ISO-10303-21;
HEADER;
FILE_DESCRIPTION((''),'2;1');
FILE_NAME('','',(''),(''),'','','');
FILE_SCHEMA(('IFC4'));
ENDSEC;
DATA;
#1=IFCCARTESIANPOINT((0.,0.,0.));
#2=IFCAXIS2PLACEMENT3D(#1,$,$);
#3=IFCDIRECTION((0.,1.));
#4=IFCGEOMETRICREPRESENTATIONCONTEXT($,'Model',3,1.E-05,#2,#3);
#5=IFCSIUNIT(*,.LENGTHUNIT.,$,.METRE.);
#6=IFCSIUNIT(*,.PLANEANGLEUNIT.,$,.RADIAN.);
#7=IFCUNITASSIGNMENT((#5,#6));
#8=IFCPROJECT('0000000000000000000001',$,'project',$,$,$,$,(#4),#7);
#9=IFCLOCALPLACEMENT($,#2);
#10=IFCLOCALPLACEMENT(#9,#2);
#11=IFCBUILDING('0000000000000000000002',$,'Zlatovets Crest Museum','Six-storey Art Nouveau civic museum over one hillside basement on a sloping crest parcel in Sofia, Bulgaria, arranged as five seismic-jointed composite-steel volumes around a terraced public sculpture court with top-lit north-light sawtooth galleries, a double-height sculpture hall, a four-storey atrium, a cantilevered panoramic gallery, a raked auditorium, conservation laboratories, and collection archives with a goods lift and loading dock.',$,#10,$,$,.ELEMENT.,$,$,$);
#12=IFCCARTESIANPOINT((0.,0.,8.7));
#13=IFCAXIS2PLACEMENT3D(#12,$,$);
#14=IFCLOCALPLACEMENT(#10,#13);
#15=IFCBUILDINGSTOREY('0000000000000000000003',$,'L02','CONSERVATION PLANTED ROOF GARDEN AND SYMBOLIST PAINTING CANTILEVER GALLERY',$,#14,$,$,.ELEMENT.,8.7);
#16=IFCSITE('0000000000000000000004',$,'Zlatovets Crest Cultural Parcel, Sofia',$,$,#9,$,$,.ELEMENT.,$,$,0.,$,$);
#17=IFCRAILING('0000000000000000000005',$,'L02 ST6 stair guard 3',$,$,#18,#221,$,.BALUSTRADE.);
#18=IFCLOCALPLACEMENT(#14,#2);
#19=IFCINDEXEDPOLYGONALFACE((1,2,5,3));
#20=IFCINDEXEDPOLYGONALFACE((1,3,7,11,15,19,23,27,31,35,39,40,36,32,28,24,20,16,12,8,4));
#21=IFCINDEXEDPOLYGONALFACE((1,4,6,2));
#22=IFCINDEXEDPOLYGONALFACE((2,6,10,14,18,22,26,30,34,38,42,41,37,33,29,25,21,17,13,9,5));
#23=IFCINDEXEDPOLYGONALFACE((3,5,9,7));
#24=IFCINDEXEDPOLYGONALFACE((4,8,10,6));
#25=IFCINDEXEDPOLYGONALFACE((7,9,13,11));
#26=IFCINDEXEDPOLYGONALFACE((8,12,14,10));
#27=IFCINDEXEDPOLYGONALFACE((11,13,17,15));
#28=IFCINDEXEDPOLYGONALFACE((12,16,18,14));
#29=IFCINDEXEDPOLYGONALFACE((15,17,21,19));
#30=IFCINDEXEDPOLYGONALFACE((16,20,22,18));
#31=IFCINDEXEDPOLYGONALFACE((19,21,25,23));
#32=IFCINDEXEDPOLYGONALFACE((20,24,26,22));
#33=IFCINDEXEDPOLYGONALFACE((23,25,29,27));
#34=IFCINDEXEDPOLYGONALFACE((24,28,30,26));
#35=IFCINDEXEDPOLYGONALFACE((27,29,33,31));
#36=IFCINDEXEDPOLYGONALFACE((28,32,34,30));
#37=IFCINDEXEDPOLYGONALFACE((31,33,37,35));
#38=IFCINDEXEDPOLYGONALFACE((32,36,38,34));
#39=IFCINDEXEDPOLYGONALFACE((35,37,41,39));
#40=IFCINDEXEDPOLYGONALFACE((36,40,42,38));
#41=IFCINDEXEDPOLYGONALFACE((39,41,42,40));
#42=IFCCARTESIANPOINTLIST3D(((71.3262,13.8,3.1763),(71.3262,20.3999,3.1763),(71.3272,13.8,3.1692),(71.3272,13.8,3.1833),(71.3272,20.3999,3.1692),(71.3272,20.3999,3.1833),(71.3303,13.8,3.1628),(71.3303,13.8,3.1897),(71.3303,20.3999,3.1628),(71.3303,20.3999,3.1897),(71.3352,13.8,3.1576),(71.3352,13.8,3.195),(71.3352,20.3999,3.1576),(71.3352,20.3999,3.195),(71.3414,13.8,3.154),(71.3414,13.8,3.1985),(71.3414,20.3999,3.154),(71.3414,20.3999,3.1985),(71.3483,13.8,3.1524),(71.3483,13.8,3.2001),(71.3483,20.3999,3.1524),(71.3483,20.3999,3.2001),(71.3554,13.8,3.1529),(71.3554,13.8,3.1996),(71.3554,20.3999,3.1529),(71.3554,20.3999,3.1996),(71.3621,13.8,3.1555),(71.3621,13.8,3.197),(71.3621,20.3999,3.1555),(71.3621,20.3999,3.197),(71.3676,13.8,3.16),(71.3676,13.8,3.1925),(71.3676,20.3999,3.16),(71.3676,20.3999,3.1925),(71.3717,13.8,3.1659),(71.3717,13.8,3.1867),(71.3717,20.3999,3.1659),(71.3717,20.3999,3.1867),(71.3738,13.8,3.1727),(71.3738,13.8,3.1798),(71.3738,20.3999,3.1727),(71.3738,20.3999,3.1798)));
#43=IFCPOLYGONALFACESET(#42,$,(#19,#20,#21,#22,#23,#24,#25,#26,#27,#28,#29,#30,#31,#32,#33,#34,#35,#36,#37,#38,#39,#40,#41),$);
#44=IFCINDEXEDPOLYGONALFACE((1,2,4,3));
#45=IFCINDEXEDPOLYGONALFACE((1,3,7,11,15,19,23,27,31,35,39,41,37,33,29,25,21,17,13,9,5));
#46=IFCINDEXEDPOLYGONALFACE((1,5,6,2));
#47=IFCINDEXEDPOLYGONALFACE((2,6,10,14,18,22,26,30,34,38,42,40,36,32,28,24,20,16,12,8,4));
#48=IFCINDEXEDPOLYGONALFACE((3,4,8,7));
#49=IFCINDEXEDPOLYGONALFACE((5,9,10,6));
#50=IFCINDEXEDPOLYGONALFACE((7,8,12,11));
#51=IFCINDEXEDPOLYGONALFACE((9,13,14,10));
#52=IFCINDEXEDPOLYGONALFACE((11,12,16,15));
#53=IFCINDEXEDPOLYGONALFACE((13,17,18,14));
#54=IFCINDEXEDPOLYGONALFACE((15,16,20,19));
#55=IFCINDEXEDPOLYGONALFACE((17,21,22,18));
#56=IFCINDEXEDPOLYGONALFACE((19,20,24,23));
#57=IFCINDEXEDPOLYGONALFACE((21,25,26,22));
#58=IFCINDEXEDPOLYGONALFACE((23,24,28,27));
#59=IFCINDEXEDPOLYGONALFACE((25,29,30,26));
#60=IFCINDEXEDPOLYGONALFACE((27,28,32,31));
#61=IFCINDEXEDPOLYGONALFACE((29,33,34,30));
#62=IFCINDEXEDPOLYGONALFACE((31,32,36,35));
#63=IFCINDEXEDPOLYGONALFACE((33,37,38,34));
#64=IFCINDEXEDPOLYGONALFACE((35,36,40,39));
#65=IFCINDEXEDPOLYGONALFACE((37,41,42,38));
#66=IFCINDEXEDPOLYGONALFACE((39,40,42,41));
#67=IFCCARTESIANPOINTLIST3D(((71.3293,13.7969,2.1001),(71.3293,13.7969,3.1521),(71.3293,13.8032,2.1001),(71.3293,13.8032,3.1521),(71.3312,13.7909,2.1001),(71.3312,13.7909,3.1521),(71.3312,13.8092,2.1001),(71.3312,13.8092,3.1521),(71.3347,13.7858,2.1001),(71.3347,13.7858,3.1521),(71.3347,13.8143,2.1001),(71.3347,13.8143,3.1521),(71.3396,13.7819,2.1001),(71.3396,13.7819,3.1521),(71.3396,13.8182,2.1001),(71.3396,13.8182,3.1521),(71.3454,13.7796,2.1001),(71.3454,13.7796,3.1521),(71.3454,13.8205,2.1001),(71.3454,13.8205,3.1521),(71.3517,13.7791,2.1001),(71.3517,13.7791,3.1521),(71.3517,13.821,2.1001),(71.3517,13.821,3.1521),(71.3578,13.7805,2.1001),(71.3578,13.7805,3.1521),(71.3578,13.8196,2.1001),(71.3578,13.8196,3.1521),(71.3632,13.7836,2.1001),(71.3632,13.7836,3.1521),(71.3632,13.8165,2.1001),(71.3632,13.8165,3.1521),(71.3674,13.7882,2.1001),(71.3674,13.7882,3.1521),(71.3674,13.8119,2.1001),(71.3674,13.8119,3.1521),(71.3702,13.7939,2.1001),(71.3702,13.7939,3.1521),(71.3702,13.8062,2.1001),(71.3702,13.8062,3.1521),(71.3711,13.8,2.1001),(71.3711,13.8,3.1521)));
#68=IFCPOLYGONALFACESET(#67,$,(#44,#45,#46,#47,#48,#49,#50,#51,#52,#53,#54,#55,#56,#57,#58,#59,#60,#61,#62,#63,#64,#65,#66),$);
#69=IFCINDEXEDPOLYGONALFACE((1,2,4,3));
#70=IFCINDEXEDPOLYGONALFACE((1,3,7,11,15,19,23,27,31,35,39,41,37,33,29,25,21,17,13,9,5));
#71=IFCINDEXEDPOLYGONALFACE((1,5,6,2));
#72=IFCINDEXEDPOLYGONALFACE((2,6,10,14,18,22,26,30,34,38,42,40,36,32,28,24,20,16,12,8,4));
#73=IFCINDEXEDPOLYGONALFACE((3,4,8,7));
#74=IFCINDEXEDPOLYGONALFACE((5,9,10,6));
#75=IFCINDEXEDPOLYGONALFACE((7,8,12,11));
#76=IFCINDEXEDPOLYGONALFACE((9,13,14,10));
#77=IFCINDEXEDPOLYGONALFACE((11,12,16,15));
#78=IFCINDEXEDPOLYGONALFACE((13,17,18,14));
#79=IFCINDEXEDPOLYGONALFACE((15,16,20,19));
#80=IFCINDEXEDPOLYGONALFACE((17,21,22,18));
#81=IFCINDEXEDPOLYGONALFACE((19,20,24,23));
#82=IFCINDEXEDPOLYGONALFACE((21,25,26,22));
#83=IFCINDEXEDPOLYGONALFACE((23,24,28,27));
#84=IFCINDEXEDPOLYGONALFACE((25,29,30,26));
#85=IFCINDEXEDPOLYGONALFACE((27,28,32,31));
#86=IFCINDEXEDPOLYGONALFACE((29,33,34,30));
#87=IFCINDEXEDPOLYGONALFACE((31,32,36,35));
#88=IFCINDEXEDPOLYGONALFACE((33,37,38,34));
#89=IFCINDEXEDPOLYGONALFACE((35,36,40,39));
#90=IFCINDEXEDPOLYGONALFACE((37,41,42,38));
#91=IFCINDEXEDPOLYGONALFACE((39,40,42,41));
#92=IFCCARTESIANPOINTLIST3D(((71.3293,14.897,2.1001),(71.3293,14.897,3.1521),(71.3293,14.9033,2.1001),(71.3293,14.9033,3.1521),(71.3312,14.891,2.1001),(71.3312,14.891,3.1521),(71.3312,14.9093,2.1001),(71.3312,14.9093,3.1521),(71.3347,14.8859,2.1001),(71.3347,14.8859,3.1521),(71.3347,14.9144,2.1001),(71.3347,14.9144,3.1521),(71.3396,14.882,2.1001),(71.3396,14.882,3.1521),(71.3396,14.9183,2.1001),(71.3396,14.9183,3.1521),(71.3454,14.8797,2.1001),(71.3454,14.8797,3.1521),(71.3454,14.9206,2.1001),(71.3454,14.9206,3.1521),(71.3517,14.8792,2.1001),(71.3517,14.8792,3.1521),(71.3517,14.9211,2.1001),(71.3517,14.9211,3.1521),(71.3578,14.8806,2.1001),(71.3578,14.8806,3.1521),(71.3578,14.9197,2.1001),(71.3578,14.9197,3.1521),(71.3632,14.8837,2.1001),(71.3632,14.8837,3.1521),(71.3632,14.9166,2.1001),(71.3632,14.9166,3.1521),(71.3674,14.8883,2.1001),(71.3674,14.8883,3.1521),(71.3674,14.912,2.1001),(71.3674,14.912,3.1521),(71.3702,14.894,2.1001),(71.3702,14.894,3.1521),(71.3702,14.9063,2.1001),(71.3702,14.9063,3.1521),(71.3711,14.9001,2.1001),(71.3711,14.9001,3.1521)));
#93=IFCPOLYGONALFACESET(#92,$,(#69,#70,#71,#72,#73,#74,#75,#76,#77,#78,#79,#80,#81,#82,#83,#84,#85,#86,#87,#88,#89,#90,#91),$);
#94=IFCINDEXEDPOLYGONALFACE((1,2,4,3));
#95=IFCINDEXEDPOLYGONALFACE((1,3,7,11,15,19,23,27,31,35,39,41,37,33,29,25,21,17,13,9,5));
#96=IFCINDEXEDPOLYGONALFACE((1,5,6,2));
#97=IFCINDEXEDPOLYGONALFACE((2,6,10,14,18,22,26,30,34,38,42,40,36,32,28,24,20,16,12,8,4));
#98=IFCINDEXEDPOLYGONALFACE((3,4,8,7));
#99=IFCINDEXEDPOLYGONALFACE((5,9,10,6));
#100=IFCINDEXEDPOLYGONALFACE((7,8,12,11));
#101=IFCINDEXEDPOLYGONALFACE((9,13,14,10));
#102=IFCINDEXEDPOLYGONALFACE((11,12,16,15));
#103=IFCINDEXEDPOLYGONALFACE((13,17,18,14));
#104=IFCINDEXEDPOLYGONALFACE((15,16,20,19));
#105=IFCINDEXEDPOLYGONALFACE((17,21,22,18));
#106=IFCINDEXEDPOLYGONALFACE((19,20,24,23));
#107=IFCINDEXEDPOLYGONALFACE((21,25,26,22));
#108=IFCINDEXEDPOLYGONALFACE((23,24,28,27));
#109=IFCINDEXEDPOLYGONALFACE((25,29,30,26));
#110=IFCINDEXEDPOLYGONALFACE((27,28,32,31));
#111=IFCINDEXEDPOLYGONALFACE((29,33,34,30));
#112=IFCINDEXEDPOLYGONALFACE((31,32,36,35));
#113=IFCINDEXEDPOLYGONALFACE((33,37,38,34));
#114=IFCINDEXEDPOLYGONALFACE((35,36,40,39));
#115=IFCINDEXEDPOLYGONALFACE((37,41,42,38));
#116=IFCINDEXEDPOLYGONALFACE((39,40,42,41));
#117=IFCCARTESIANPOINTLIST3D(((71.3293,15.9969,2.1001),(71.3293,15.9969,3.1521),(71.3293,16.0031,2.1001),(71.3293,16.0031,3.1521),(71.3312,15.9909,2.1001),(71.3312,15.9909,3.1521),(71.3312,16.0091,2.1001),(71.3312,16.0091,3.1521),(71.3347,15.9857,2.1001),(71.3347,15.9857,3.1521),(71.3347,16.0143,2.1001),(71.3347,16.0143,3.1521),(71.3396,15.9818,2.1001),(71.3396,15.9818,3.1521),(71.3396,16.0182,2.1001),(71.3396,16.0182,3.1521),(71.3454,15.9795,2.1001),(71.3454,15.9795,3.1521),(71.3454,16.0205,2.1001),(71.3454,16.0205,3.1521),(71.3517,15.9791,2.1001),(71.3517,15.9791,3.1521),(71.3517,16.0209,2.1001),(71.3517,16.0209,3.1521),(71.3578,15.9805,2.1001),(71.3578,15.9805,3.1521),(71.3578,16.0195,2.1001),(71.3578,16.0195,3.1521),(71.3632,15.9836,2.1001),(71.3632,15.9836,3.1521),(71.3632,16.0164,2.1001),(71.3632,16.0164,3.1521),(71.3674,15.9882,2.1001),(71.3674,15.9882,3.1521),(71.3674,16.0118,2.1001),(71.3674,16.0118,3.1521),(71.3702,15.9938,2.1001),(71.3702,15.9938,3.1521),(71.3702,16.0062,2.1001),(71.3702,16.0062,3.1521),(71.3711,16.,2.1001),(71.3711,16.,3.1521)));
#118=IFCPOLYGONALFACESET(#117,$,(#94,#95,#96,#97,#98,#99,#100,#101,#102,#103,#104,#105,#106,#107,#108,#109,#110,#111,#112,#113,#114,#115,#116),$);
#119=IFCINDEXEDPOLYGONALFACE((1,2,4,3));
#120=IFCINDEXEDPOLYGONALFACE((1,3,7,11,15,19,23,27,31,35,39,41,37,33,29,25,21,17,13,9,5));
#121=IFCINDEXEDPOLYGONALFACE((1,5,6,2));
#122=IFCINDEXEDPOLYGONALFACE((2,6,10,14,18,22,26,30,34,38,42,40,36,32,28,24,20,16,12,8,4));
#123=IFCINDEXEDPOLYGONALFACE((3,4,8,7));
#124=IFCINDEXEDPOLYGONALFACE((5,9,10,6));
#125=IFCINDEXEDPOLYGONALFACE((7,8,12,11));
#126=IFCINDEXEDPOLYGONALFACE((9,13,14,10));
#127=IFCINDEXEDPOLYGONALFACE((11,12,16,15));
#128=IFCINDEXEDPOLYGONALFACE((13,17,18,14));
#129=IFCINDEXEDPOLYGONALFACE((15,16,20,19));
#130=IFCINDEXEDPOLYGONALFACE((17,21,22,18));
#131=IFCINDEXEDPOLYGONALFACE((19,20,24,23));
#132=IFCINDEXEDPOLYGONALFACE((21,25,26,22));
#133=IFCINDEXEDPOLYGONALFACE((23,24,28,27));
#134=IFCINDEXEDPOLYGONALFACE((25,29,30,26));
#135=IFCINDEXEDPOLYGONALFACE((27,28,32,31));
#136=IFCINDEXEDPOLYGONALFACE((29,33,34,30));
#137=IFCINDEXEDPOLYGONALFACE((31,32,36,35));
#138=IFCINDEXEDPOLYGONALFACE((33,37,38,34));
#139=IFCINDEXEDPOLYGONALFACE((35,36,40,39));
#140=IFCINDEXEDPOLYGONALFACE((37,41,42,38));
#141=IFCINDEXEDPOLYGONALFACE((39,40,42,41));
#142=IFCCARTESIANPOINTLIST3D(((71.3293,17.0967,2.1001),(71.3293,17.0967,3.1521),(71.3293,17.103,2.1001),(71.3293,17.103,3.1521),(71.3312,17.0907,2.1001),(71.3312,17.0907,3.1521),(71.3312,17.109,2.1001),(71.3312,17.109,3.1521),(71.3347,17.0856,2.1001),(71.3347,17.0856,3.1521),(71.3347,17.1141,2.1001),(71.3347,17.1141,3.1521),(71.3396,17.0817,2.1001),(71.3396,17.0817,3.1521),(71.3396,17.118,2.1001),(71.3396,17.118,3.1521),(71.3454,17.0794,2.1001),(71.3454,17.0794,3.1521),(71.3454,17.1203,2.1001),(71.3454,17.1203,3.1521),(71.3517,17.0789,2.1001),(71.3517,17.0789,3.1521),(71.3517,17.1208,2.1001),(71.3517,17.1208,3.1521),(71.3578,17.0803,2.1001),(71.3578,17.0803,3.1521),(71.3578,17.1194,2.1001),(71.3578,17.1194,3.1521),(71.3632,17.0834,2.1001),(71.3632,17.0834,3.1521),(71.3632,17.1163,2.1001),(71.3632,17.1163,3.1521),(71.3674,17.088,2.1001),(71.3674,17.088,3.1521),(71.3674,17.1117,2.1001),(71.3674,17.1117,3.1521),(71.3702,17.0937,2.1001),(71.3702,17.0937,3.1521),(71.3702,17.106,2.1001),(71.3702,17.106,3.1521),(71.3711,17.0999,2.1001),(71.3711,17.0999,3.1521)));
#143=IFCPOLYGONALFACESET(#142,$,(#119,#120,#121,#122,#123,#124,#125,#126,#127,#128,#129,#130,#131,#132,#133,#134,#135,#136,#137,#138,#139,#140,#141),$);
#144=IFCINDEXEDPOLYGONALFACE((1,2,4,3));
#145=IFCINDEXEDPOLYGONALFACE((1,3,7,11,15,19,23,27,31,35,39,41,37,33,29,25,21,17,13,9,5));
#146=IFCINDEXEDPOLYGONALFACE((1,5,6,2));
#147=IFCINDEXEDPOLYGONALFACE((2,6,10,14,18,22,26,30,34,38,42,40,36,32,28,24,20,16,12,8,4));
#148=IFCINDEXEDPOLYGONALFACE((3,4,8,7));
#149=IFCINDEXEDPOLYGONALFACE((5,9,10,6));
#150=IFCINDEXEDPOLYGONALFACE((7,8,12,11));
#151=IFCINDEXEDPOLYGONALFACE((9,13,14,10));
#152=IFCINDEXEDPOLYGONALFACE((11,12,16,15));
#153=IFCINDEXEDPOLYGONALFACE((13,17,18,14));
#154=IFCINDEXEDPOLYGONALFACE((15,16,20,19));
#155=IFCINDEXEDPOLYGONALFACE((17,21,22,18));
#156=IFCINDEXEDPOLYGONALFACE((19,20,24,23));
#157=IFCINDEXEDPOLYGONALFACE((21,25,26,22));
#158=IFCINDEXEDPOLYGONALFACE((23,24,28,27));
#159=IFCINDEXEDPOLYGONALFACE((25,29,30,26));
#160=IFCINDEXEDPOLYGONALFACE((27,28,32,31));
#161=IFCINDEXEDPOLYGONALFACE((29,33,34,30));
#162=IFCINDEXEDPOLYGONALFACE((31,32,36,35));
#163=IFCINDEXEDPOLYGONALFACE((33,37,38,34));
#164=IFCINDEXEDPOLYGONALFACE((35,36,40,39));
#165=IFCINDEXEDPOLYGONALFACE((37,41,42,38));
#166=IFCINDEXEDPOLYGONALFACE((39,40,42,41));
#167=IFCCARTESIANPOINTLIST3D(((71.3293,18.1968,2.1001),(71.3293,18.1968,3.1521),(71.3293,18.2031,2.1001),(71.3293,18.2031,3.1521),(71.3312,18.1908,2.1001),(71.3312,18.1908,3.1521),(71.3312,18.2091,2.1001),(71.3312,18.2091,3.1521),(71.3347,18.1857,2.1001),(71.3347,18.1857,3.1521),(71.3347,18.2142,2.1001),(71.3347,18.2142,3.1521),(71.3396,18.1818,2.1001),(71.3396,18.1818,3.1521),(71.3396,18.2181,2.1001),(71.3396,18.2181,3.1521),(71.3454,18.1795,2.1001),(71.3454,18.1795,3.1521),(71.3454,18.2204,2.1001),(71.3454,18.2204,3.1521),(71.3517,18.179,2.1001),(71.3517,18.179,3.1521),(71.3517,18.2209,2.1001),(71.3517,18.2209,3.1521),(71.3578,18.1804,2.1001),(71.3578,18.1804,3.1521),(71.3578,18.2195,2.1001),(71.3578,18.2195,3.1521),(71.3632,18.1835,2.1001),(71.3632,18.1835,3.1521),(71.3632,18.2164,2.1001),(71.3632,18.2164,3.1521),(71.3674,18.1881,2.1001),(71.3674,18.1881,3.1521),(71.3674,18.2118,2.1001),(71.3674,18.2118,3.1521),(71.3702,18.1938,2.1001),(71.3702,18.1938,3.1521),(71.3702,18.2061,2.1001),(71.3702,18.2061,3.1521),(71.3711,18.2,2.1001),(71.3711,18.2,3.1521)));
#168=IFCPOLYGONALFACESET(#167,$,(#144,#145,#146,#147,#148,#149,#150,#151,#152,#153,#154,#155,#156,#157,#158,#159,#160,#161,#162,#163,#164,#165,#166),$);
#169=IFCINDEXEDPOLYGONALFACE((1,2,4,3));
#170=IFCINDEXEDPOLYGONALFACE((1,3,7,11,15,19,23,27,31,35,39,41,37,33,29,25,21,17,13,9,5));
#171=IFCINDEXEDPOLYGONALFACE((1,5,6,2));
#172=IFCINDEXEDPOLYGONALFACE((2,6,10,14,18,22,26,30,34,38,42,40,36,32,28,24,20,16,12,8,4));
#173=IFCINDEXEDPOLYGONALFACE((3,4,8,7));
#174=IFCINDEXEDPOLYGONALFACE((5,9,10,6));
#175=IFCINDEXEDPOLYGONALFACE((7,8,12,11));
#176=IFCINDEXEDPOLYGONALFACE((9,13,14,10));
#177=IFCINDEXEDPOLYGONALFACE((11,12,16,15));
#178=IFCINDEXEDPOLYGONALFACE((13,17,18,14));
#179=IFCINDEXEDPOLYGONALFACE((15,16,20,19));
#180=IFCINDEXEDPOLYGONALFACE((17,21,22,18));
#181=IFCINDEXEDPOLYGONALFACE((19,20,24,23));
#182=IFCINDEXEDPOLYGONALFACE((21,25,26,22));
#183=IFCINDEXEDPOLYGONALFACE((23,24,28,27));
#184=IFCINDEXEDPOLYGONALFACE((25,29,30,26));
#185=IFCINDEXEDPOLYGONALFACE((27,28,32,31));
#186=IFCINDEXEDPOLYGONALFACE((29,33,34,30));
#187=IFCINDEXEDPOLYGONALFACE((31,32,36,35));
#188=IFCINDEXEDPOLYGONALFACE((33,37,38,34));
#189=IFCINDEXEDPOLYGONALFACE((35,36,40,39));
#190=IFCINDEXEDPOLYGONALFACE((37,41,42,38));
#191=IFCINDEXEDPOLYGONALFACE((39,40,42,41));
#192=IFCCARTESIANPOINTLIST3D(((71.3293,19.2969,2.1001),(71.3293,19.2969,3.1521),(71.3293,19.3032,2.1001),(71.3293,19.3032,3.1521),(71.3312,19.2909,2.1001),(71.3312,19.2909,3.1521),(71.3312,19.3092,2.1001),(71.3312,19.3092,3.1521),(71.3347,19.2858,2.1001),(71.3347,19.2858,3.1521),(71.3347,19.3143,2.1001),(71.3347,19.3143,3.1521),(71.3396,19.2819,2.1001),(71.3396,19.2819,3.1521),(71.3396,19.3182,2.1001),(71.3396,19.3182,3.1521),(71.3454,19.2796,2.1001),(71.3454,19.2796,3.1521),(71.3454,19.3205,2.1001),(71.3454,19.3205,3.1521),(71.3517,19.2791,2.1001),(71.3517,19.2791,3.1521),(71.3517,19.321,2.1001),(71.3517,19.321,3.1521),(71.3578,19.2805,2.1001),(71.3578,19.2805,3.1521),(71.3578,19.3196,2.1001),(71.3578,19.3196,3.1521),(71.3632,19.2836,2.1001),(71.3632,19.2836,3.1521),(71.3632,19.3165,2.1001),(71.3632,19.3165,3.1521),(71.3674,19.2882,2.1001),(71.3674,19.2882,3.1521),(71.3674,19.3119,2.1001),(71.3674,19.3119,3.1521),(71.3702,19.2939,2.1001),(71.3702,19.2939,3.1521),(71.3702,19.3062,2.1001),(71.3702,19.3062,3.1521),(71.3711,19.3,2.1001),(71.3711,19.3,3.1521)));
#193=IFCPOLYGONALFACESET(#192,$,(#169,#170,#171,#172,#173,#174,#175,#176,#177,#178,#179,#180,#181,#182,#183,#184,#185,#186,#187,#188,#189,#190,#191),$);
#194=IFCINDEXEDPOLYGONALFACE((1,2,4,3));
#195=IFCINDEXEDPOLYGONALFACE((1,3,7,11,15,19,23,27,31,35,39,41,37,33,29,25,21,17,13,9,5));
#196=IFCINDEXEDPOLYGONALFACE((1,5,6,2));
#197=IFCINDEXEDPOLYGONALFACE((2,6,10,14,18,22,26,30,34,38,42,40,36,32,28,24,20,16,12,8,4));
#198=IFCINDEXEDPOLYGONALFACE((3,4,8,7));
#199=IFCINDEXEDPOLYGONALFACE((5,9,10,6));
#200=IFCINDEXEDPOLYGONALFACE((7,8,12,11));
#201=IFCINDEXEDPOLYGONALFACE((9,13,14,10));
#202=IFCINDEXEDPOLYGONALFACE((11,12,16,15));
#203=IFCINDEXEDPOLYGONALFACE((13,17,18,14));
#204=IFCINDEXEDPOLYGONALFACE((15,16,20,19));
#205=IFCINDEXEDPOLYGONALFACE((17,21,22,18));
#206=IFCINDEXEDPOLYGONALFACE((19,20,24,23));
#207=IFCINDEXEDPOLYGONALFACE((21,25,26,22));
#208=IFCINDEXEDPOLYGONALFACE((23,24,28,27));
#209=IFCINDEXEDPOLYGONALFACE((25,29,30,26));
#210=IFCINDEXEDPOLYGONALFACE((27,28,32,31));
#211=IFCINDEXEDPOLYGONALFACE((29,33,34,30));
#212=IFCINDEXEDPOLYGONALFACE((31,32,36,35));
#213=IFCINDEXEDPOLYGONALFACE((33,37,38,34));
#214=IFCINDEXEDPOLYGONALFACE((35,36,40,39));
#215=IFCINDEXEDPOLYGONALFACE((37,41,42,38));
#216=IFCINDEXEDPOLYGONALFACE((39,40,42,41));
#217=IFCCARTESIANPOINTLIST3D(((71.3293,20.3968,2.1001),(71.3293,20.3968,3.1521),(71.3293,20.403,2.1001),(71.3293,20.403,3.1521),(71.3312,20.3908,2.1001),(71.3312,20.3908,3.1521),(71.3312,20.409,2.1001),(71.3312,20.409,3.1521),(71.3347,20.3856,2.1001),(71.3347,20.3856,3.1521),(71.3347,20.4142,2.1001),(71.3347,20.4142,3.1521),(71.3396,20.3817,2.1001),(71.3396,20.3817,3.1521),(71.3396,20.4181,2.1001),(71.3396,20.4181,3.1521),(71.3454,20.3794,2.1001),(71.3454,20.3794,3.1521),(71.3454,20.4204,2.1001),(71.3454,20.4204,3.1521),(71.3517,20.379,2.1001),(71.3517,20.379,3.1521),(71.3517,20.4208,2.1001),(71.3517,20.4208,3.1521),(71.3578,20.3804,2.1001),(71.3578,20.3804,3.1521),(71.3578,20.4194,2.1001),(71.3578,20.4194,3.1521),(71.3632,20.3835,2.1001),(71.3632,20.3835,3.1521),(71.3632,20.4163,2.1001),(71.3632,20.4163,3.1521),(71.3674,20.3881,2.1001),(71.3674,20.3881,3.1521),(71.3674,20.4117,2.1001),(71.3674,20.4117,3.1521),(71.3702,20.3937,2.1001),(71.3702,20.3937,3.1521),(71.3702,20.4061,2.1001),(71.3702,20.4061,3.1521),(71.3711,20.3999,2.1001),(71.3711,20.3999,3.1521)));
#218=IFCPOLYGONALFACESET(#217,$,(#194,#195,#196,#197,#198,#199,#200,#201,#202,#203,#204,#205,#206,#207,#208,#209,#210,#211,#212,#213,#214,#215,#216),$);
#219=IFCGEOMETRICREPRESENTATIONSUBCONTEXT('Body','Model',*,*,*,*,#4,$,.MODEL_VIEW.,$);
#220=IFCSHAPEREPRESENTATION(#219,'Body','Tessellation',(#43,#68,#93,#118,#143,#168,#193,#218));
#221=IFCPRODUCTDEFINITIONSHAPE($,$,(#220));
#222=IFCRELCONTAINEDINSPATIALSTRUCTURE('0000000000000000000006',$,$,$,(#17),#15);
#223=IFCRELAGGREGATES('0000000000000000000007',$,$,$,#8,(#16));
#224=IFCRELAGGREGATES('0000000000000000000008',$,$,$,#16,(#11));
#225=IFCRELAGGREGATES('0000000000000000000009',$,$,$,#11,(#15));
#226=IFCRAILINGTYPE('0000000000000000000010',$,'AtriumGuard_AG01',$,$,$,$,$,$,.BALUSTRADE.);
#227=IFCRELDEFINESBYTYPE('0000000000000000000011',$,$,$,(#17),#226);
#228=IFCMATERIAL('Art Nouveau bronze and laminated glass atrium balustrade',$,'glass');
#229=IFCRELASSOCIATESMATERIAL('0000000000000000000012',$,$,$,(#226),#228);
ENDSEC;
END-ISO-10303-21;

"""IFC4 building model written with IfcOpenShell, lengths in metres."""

from ifc_helpers import new_model, si_unit, direction, frame, origin, origin_2d, place, context, subcontext, project, spatial, circle, extrude, material, type_object, element, save


model = new_model("IFC4")

# Units and contexts
model_context = context("Model", 3, precision=1e-05, world=origin(), true_north=direction((0.0, 1.0)))
body_context = subcontext(model_context, "Body", "Model", "MODEL_VIEW")
ifc_project = project(units=[si_unit("LENGTHUNIT", "METRE"), si_unit("PLANEANGLEUNIT", "RADIAN")], contexts=[model_context])

# Site, building, storey
site_placement = place(None, origin())
site = spatial("IfcSite", under=ifc_project, at=site_placement, Name="Zlatovets Crest Cultural Parcel, Sofia", CompositionType="ELEMENT", RefElevation=0.0)
building_placement = place(site_placement, origin())
building = spatial("IfcBuilding", under=site, at=building_placement, Name="Zlatovets Crest Museum", Description="Six-storey Art Nouveau civic museum over one hillside basement on a sloping crest parcel in Sofia, Bulgaria, arranged as five seismic-jointed composite-steel volumes around a terraced public sculpture court with top-lit north-light sawtooth galleries, a double-height sculpture hall, a four-storey atrium, a cantilevered panoramic gallery, a raked auditorium, conservation laboratories, and collection archives with a goods lift and loading dock.", CompositionType="ELEMENT")
storey_placement = place(building_placement, frame((0.0, 0.0, 8.7)))
storey = spatial("IfcBuildingStorey", under=building, at=storey_placement, Name="L02", Description="CONSERVATION PLANTED ROOF GARDEN AND SYMBOLIST PAINTING CANTILEVER GALLERY", CompositionType="ELEMENT", Elevation=8.7)

# Railing
ifc_material_1 = material(Name="Art Nouveau bronze and laminated glass atrium balustrade", Category="glass")
railing_type = type_object("IfcRailingType", Name="AtriumGuard_AG01", PredefinedType="BALUSTRADE", material=ifc_material_1)
railing_1_placement = place(storey_placement, frame((71.3501, 13.8, 2.1001)))
element("IfcRailing", 1, at=railing_1_placement, inside=storey, type_object=railing_type, Name="L02 ST6 stair guard 3", PredefinedType="BALUSTRADE", context=body_context, shape_type="SweptSolid", body=[
    extrude(circle(Radius=0.0239, at=origin_2d()), frame((0.0, 0.0, 1.0762), z_axis=(0.0, 1.0, 0.0), x_axis=(-1.0, 0.0, 0.0)), (0.0, 0.0, 1.0), 6.5999),
    extrude(circle(Radius=0.021, at=origin_2d()), origin(), (0.0, 0.0, 1.0), 1.052),
    extrude(circle(Radius=0.021, at=origin_2d()), frame((0.0, 1.1001, 0.0)), (0.0, 0.0, 1.0), 1.052),
    extrude(circle(Radius=0.021, at=origin_2d()), frame((0.0, 2.2, 0.0)), (0.0, 0.0, 1.0), 1.052),
    extrude(circle(Radius=0.021, at=origin_2d()), frame((0.0, 3.2998, 0.0)), (0.0, 0.0, 1.0), 1.052),
    extrude(circle(Radius=0.021, at=origin_2d()), frame((0.0, 4.3999, 0.0)), (0.0, 0.0, 1.0), 1.052),
    extrude(circle(Radius=0.021, at=origin_2d()), frame((0.0, 5.5, 0.0)), (0.0, 0.0, 1.0), 1.052),
    extrude(circle(Radius=0.021, at=origin_2d()), frame((0.0, 6.5999, 0.0)), (0.0, 0.0, 1.0), 1.052),
])

save(model, "model.ifc")
